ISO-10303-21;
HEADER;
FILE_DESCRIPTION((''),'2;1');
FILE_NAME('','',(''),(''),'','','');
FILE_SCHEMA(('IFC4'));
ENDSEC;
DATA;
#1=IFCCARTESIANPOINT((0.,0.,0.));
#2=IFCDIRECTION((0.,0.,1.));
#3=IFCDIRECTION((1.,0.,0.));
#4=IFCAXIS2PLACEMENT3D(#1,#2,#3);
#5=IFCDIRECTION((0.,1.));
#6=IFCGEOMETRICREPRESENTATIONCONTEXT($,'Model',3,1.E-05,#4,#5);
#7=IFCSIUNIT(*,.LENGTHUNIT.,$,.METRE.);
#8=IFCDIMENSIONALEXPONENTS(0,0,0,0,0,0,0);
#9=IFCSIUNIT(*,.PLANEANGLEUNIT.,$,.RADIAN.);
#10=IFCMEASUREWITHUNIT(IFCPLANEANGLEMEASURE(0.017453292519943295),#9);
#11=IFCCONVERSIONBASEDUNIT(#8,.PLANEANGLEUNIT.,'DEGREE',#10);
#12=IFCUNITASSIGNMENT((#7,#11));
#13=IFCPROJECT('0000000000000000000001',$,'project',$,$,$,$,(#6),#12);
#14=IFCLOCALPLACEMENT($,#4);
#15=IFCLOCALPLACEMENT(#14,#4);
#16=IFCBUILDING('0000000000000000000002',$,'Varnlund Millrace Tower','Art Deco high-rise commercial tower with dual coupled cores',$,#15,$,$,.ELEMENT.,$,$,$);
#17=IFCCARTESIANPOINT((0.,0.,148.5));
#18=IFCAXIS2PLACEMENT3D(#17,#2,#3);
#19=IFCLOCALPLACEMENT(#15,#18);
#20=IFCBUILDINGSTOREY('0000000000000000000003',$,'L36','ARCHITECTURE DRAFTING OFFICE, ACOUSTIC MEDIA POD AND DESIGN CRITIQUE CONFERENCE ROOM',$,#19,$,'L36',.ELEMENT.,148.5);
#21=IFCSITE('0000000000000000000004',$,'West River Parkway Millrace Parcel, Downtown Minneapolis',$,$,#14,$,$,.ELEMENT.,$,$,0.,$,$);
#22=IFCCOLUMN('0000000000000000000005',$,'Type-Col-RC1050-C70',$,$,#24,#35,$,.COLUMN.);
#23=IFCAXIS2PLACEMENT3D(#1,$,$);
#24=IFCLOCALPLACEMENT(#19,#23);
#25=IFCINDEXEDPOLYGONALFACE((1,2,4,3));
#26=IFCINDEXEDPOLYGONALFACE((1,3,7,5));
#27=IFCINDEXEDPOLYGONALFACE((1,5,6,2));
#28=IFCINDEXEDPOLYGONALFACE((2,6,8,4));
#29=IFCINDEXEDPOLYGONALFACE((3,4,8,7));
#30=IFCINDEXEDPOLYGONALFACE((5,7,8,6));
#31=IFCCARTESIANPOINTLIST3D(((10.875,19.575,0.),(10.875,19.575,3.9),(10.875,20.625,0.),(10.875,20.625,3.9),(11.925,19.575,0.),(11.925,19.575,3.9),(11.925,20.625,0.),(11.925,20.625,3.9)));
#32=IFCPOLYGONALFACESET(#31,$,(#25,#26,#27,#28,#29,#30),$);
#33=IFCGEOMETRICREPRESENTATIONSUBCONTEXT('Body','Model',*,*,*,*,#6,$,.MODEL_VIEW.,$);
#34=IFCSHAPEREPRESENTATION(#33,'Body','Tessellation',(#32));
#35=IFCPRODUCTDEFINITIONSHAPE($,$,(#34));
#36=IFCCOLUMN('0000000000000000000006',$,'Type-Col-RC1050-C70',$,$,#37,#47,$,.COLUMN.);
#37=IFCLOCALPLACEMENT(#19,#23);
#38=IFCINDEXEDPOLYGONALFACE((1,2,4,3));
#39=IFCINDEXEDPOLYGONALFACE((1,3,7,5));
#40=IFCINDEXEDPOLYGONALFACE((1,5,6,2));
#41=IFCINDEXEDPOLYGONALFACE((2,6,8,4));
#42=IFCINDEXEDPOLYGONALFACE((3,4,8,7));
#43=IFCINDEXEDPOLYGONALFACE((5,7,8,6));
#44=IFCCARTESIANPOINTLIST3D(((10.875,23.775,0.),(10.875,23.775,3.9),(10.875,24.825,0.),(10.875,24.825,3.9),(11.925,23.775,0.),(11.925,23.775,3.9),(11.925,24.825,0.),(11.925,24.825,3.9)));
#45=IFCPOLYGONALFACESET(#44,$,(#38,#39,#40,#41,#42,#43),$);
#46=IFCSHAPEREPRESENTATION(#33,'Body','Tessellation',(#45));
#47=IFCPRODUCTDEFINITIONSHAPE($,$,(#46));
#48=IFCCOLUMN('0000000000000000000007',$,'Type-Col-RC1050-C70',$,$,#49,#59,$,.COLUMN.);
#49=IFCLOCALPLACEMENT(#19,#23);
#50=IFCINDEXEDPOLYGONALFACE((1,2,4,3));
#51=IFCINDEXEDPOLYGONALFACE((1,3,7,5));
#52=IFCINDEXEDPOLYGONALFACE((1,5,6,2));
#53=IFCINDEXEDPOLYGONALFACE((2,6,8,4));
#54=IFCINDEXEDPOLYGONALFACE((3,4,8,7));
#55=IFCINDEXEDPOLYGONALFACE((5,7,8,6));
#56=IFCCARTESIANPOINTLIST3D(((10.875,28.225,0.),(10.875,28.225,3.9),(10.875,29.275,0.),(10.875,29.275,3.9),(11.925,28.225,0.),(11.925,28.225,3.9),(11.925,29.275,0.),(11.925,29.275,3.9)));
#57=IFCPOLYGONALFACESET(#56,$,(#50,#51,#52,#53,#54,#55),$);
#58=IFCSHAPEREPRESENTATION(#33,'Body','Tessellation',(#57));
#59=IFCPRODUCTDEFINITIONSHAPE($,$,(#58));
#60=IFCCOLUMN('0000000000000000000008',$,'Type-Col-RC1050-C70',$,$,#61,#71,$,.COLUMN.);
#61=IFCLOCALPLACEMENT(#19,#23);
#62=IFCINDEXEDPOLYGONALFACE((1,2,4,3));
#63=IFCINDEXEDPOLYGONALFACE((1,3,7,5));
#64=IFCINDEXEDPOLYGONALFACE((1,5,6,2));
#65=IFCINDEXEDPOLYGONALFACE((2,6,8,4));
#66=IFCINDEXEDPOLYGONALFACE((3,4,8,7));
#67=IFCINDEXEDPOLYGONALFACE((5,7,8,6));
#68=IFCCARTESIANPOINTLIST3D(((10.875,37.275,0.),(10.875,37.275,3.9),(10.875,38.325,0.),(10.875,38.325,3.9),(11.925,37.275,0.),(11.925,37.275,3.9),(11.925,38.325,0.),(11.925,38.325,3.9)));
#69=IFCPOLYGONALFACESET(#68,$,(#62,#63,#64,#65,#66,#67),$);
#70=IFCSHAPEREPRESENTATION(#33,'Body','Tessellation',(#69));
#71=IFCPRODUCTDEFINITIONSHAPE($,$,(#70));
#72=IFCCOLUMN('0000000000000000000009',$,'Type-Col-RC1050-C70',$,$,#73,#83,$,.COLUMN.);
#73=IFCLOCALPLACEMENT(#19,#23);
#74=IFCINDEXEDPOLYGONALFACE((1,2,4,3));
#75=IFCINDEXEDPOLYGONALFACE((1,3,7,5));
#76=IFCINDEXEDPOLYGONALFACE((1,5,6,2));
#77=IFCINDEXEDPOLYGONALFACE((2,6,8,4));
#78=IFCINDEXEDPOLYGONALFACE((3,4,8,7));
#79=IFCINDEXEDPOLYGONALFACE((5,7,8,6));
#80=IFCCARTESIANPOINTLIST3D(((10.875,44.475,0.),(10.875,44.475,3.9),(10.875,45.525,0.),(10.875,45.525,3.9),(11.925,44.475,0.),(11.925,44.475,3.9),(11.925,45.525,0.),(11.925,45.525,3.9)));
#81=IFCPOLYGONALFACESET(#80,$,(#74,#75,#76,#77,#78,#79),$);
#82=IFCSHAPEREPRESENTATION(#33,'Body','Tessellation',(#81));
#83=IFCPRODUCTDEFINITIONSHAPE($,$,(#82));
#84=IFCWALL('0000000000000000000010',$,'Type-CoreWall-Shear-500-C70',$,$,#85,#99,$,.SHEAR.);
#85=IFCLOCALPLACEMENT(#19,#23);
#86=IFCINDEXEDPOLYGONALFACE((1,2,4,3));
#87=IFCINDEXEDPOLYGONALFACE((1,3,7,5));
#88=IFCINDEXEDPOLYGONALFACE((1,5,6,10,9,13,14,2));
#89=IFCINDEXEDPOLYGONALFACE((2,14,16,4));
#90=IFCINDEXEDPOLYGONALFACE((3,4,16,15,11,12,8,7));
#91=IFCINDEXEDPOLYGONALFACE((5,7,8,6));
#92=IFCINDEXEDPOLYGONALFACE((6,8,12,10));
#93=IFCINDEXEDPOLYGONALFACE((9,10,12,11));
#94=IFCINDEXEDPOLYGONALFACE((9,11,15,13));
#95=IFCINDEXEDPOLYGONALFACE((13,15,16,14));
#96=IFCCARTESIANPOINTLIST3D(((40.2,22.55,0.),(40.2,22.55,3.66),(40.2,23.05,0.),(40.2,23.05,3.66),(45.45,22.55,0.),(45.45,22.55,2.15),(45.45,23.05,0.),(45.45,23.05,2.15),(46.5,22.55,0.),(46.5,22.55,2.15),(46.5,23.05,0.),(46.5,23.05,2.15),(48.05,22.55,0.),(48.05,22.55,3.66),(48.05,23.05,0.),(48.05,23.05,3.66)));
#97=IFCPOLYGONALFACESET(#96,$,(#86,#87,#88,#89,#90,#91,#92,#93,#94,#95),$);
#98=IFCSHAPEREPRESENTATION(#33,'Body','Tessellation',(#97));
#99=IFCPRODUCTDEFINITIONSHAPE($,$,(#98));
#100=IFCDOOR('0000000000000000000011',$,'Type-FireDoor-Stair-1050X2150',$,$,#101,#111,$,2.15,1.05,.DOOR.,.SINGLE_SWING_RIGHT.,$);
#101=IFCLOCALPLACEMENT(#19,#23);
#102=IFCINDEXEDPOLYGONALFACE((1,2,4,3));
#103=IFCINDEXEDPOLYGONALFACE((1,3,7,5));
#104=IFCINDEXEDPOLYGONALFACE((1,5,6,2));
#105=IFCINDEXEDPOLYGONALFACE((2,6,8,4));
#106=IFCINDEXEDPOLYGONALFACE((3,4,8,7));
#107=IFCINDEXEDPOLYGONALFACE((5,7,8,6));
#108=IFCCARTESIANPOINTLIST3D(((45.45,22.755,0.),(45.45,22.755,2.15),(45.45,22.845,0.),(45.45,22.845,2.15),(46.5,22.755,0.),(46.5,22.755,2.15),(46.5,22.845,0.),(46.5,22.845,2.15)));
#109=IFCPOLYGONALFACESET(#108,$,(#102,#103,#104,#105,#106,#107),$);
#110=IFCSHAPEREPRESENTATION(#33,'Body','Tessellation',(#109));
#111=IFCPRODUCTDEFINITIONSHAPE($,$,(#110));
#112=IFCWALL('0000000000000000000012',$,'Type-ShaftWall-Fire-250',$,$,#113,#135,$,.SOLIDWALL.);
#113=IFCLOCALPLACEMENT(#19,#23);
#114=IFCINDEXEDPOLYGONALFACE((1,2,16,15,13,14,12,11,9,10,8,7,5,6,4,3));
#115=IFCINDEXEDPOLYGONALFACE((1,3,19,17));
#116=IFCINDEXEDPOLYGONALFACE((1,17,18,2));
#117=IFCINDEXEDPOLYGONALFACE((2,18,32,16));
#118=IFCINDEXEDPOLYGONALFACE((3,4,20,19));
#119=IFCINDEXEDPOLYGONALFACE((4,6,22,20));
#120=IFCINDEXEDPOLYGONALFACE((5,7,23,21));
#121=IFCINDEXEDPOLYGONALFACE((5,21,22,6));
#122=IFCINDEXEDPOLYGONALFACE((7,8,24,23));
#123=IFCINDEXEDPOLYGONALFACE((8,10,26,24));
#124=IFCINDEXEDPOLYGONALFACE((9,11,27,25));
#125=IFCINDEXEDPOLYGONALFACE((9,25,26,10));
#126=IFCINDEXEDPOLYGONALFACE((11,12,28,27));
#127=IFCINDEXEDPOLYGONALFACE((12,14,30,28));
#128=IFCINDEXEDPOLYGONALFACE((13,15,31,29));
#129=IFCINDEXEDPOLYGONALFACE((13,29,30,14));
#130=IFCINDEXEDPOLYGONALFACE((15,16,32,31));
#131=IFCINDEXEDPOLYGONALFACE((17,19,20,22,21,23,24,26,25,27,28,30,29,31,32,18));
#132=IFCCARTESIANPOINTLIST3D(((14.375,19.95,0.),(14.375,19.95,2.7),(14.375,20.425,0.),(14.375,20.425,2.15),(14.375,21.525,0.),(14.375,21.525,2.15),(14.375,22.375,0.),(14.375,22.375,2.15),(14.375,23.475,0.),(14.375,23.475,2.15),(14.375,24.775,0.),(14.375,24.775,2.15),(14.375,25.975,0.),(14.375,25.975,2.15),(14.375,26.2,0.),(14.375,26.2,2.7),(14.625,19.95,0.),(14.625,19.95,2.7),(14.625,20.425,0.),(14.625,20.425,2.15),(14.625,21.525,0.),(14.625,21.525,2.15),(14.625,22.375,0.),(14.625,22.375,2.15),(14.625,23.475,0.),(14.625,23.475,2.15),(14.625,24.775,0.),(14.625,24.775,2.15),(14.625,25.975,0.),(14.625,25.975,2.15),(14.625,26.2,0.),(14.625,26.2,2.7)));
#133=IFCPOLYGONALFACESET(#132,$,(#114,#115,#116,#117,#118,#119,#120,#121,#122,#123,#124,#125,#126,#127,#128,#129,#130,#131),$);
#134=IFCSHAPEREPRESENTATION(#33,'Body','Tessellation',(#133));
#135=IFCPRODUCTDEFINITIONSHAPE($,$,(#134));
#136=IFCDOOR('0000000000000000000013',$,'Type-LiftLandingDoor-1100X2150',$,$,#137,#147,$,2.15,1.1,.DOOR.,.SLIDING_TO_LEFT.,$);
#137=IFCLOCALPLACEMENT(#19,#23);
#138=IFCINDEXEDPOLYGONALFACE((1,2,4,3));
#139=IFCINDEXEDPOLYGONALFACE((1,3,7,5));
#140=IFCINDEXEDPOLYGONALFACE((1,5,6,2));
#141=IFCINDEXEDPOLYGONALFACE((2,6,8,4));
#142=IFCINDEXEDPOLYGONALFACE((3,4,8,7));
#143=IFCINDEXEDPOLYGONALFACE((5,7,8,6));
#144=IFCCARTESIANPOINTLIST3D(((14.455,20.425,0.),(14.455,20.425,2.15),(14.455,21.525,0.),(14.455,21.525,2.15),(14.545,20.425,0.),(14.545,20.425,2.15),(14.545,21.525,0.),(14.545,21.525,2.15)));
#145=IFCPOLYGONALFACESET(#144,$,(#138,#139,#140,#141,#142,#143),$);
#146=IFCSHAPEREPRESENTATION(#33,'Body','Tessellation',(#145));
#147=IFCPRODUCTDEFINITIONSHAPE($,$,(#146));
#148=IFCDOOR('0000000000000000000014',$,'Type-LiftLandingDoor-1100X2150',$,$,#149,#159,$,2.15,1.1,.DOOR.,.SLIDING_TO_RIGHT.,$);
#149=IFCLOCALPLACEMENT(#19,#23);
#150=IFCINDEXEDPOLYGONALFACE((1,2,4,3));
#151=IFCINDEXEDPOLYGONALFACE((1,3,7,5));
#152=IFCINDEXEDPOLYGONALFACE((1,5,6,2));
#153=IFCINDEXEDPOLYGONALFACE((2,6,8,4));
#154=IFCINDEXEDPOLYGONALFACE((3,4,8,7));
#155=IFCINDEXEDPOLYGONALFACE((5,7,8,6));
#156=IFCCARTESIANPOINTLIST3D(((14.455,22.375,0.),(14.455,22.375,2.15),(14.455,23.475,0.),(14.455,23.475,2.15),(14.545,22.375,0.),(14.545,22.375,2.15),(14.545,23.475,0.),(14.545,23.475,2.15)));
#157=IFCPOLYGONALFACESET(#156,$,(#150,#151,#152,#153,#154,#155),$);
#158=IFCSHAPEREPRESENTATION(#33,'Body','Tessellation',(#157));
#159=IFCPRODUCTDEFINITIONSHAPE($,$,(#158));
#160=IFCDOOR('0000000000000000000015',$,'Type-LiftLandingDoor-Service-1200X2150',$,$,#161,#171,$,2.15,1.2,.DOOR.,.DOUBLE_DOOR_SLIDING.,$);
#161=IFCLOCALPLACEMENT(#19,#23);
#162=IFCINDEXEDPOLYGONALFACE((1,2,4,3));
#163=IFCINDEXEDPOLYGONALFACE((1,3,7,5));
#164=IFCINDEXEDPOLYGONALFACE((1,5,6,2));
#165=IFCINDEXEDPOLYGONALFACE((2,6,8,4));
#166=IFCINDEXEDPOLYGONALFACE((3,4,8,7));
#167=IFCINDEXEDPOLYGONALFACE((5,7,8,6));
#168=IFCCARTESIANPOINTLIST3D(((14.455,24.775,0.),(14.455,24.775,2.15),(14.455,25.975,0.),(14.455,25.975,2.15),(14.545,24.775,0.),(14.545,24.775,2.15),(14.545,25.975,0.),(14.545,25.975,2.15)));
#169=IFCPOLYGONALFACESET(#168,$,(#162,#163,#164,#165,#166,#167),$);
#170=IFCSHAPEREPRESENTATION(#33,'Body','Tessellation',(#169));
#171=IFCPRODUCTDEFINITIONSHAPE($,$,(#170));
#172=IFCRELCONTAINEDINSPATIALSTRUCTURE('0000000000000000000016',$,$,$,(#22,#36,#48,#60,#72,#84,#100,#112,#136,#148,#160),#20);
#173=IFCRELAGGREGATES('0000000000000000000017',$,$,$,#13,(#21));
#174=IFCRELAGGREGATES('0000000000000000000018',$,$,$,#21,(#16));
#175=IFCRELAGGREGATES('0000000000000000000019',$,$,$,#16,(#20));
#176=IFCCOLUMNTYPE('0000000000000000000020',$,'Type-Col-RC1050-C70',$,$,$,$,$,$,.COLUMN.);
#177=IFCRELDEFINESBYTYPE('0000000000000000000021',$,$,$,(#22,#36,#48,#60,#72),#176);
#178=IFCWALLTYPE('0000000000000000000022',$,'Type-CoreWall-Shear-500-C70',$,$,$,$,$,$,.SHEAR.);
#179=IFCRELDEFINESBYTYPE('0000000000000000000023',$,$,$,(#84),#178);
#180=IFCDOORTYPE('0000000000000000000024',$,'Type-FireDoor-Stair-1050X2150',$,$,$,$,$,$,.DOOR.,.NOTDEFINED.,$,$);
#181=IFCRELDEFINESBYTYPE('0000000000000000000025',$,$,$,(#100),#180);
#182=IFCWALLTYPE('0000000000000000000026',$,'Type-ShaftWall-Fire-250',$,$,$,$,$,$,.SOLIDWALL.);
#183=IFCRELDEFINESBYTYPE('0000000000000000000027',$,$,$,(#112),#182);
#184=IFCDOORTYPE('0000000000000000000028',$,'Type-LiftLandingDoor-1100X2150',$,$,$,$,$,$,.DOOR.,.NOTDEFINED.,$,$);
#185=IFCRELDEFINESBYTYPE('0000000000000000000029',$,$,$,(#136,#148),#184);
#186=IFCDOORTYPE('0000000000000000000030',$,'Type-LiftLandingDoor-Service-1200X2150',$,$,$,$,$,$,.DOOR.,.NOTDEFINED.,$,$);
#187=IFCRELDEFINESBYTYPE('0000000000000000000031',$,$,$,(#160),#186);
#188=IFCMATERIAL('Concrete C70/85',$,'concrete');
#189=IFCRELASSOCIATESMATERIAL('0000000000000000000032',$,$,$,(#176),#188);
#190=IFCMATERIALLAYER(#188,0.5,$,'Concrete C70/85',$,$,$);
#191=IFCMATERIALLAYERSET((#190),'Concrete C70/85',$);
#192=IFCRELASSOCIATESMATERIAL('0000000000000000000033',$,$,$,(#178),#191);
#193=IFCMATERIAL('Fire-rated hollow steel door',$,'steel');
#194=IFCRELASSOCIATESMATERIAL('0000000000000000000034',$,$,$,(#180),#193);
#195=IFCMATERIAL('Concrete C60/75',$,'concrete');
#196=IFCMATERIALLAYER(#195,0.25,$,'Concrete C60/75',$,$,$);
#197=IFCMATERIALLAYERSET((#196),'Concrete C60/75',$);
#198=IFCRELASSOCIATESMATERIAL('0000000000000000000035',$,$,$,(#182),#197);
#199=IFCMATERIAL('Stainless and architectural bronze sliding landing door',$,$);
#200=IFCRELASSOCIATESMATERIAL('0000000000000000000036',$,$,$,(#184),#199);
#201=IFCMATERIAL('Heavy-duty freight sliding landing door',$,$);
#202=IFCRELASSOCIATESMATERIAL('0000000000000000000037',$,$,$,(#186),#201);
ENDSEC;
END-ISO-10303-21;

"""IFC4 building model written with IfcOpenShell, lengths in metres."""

from ifc_helpers import new_model, entity, si_unit, converted_unit, direction, frame, origin_with_axes, origin_2d_with_axis, place, context, subcontext, project, spatial, polyline, rectangle, outline, extrude, material, layer, layer_set, material_profile, profile_set, type_object, element, fill, save


model = new_model("IFC4")

# Units and contexts
model_context = context("Model", 3, precision=1e-05, world=origin_with_axes(), true_north=direction((0.0, 1.0)))
body_context = subcontext(model_context, "Body", "Model", "MODEL_VIEW")
ifc_project = project(units=[si_unit("LENGTHUNIT", "METRE"), converted_unit("PLANEANGLEUNIT", "DEGREE", entity("IfcPlaneAngleMeasure", 0.017453292519943295), si_unit("PLANEANGLEUNIT", "RADIAN"), dimensions=[0, 0, 0, 0, 0, 0, 0])], contexts=[model_context])

# Site, building, storey
site_placement = place(None, origin_with_axes())
site = spatial("IfcSite", under=ifc_project, at=site_placement, Name="West River Parkway Millrace Parcel, Downtown Minneapolis", CompositionType="ELEMENT", RefElevation=0.0)
building_placement = place(site_placement, origin_with_axes())
building = spatial("IfcBuilding", under=site, at=building_placement, Name="Varnlund Millrace Tower", Description="Art Deco high-rise commercial tower with dual coupled cores", CompositionType="ELEMENT")
storey_placement = place(building_placement, frame((0.0, 0.0, 148.5), z_axis=(0.0, 0.0, 1.0), x_axis=(1.0, 0.0, 0.0)))
storey = spatial("IfcBuildingStorey", under=building, at=storey_placement, Name="L36", Description="ARCHITECTURE DRAFTING OFFICE, ACOUSTIC MEDIA POD AND DESIGN CRITIQUE CONFERENCE ROOM", LongName="L36", CompositionType="ELEMENT", Elevation=148.5)

# Columns
ifc_material_1 = material(Name="Concrete C70/85", Category="concrete")
ifc_material_profile = material_profile(ifc_material_1, rectangle(XDim=1.05, YDim=1.05, at=origin_2d_with_axis()), Name="Concrete C70/85")
ifc_profile_set = profile_set([ifc_material_profile], Name="Concrete C70/85")
column_type = type_object("IfcColumnType", Name="Type-Col-RC1050-C70", PredefinedType="COLUMN", material=ifc_profile_set)
for number, where, z_axis, x_axis, name in (
    (1, (11.4, 20.1, 0.0), (0.0, 0.0, 1.0), (1.0, 0.0, 0.0), "Type-Col-RC1050-C70"),
    (2, (11.4, 24.3, 0.0), (0.0, 0.0, 1.0), (1.0, 0.0, 0.0), "Type-Col-RC1050-C70"),
    (3, (11.4, 28.75, 0.0), (0.0, 0.0, 1.0), (1.0, 0.0, 0.0), "Type-Col-RC1050-C70"),
    (4, (11.4, 37.8, 0.0), (0.0, 0.0, 1.0), (1.0, 0.0, 0.0), "Type-Col-RC1050-C70"),
    (5, (11.4, 45.0, 0.0), (0.0, 0.0, 1.0), (1.0, 0.0, 0.0), "Type-Col-RC1050-C70"),
):
    element("IfcColumn", number, at=place(storey_placement, frame(where, z_axis=z_axis, x_axis=x_axis)), inside=storey, type_object=column_type, Name=name, PredefinedType="COLUMN", context=body_context, shape_type="SweptSolid", body=[
        extrude(rectangle(XDim=1.05, YDim=1.05, at=origin_2d_with_axis()), origin_with_axes(), (0.0, 0.0, 1.0), 3.9),
    ])

# Wall, opening, door
ifc_layer_1 = layer(ifc_material_1, 0.5, Name="Concrete C70/85")
ifc_layer_set_1 = layer_set([ifc_layer_1], Name="Concrete C70/85")
wall_type_1 = type_object("IfcWallType", Name="Type-CoreWall-Shear-500-C70", PredefinedType="SHEAR", material=ifc_layer_set_1)
wall_1_placement = place(storey_placement, frame((40.2, 22.8, 0.0), z_axis=(0.0, 0.0, 1.0), x_axis=(1.0, 0.0, 0.0)))
wall_1 = element("IfcWall", 6, at=wall_1_placement, inside=storey, type_object=wall_type_1, Name="Type-CoreWall-Shear-500-C70", PredefinedType="SHEAR", context=body_context, shape_type="SweptSolid", body=[
    extrude(outline(polyline([(0.0, -0.25), (7.85, -0.25), (7.85, 0.25), (0.0, 0.25), (0.0, -0.25)])), origin_with_axes(), (0.0, 0.0, 1.0), 3.66),
])
opening_1_placement = place(wall_1_placement, frame((5.775, 0.0, 0.0), z_axis=(0.0, 0.0, 1.0), x_axis=(1.0, 0.0, 0.0)))
opening_1 = element("IfcOpeningElement", 7, at=opening_1_placement, cuts=wall_1, PredefinedType="OPENING", context=body_context, shape_type="SweptSolid", body=[
    extrude(rectangle(XDim=1.05, YDim=0.52, at=origin_2d_with_axis()), origin_with_axes(), (0.0, 0.0, 1.0), 2.15),
])
ifc_material_2 = material(Name="Fire-rated hollow steel door", Category="steel")
door_type_1 = type_object("IfcDoorType", Name="Type-FireDoor-Stair-1050X2150", OperationType="NOTDEFINED", PredefinedType="DOOR", material=ifc_material_2)
door_1_placement = place(wall_1_placement, frame((5.775, 0.0, 0.0), z_axis=(0.0, 0.0, 1.0), x_axis=(1.0, 0.0, 0.0)))
door_1 = element("IfcDoor", 8, at=door_1_placement, inside=storey, type_object=door_type_1, Name="Type-FireDoor-Stair-1050X2150", OperationType="SINGLE_SWING_RIGHT", OverallHeight=2.15, OverallWidth=1.05, PredefinedType="DOOR", context=body_context, shape_type="SweptSolid", body=[
    extrude(rectangle(XDim=1.05, YDim=0.09, at=origin_2d_with_axis()), origin_with_axes(), (0.0, 0.0, 1.0), 2.15),
])
fill(opening_1, door_1)

# Wall, openings, doors
ifc_material_3 = material(Name="Concrete C60/75", Category="concrete")
ifc_layer_2 = layer(ifc_material_3, 0.25, Name="Concrete C60/75")
ifc_layer_set_2 = layer_set([ifc_layer_2], Name="Concrete C60/75")
wall_type_2 = type_object("IfcWallType", Name="Type-ShaftWall-Fire-250", PredefinedType="SOLIDWALL", material=ifc_layer_set_2)
wall_2_placement = place(storey_placement, frame((14.5, 19.95, 0.0), z_axis=(0.0, 0.0, 1.0), x_axis=(0.0, 1.0, 0.0)))
wall_2 = element("IfcWall", 9, at=wall_2_placement, inside=storey, type_object=wall_type_2, Name="Type-ShaftWall-Fire-250", PredefinedType="SOLIDWALL", context=body_context, shape_type="SweptSolid", body=[
    extrude(outline(polyline([(0.0, -0.125), (6.25, -0.125), (6.25, 0.125), (0.0, 0.125), (0.0, -0.125)])), origin_with_axes(), (0.0, 0.0, 1.0), 2.7),
])
opening_2_placement = place(wall_2_placement, frame((1.025, 0.0, 0.0), z_axis=(0.0, 0.0, 1.0), x_axis=(1.0, 0.0, 0.0)))
opening_2 = element("IfcOpeningElement", 10, at=opening_2_placement, cuts=wall_2, PredefinedType="OPENING", context=body_context, shape_type="SweptSolid", body=[
    extrude(rectangle(XDim=1.1, YDim=0.27, at=origin_2d_with_axis()), origin_with_axes(), (0.0, 0.0, 1.0), 2.15),
])
opening_3_placement = place(wall_2_placement, frame((2.975, 0.0, 0.0), z_axis=(0.0, 0.0, 1.0), x_axis=(1.0, 0.0, 0.0)))
opening_3 = element("IfcOpeningElement", 11, at=opening_3_placement, cuts=wall_2, PredefinedType="OPENING", context=body_context, shape_type="SweptSolid", body=[
    extrude(rectangle(XDim=1.1, YDim=0.27, at=origin_2d_with_axis()), origin_with_axes(), (0.0, 0.0, 1.0), 2.15),
])
opening_4_placement = place(wall_2_placement, frame((5.425, 0.0, 0.0), z_axis=(0.0, 0.0, 1.0), x_axis=(1.0, 0.0, 0.0)))
opening_4 = element("IfcOpeningElement", 12, at=opening_4_placement, cuts=wall_2, PredefinedType="OPENING", context=body_context, shape_type="SweptSolid", body=[
    extrude(rectangle(XDim=1.2, YDim=0.27, at=origin_2d_with_axis()), origin_with_axes(), (0.0, 0.0, 1.0), 2.15),
])
ifc_material_4 = material(Name="Stainless and architectural bronze sliding landing door")
door_type_2 = type_object("IfcDoorType", Name="Type-LiftLandingDoor-1100X2150", OperationType="NOTDEFINED", PredefinedType="DOOR", material=ifc_material_4)
door_2_placement = place(wall_2_placement, frame((1.025, 0.0, 0.0), z_axis=(0.0, 0.0, 1.0), x_axis=(1.0, 0.0, 0.0)))
door_2 = element("IfcDoor", 13, at=door_2_placement, inside=storey, type_object=door_type_2, Name="Type-LiftLandingDoor-1100X2150", OperationType="SLIDING_TO_LEFT", OverallHeight=2.15, OverallWidth=1.1, PredefinedType="DOOR", context=body_context, shape_type="SweptSolid", body=[
    extrude(rectangle(XDim=1.1, YDim=0.09, at=origin_2d_with_axis()), origin_with_axes(), (0.0, 0.0, 1.0), 2.15),
])
fill(opening_2, door_2)
door_3_placement = place(wall_2_placement, frame((2.975, 0.0, 0.0), z_axis=(0.0, 0.0, 1.0), x_axis=(1.0, 0.0, 0.0)))
door_3 = element("IfcDoor", 14, at=door_3_placement, inside=storey, type_object=door_type_2, Name="Type-LiftLandingDoor-1100X2150", OperationType="SLIDING_TO_RIGHT", OverallHeight=2.15, OverallWidth=1.1, PredefinedType="DOOR", context=body_context, shape_type="SweptSolid", body=[
    extrude(rectangle(XDim=1.1, YDim=0.09, at=origin_2d_with_axis()), origin_with_axes(), (0.0, 0.0, 1.0), 2.15),
])
fill(opening_3, door_3)
ifc_material_5 = material(Name="Heavy-duty freight sliding landing door")
door_type_3 = type_object("IfcDoorType", Name="Type-LiftLandingDoor-Service-1200X2150", OperationType="NOTDEFINED", PredefinedType="DOOR", material=ifc_material_5)
door_4_placement = place(wall_2_placement, frame((5.425, 0.0, 0.0), z_axis=(0.0, 0.0, 1.0), x_axis=(1.0, 0.0, 0.0)))
door_4 = element("IfcDoor", 15, at=door_4_placement, inside=storey, type_object=door_type_3, Name="Type-LiftLandingDoor-Service-1200X2150", OperationType="DOUBLE_DOOR_SLIDING", OverallHeight=2.15, OverallWidth=1.2, PredefinedType="DOOR", context=body_context, shape_type="SweptSolid", body=[
    extrude(rectangle(XDim=1.2, YDim=0.09, at=origin_2d_with_axis()), origin_with_axes(), (0.0, 0.0, 1.0), 2.15),
])
fill(opening_4, door_4)

save(model, "model.ifc")
